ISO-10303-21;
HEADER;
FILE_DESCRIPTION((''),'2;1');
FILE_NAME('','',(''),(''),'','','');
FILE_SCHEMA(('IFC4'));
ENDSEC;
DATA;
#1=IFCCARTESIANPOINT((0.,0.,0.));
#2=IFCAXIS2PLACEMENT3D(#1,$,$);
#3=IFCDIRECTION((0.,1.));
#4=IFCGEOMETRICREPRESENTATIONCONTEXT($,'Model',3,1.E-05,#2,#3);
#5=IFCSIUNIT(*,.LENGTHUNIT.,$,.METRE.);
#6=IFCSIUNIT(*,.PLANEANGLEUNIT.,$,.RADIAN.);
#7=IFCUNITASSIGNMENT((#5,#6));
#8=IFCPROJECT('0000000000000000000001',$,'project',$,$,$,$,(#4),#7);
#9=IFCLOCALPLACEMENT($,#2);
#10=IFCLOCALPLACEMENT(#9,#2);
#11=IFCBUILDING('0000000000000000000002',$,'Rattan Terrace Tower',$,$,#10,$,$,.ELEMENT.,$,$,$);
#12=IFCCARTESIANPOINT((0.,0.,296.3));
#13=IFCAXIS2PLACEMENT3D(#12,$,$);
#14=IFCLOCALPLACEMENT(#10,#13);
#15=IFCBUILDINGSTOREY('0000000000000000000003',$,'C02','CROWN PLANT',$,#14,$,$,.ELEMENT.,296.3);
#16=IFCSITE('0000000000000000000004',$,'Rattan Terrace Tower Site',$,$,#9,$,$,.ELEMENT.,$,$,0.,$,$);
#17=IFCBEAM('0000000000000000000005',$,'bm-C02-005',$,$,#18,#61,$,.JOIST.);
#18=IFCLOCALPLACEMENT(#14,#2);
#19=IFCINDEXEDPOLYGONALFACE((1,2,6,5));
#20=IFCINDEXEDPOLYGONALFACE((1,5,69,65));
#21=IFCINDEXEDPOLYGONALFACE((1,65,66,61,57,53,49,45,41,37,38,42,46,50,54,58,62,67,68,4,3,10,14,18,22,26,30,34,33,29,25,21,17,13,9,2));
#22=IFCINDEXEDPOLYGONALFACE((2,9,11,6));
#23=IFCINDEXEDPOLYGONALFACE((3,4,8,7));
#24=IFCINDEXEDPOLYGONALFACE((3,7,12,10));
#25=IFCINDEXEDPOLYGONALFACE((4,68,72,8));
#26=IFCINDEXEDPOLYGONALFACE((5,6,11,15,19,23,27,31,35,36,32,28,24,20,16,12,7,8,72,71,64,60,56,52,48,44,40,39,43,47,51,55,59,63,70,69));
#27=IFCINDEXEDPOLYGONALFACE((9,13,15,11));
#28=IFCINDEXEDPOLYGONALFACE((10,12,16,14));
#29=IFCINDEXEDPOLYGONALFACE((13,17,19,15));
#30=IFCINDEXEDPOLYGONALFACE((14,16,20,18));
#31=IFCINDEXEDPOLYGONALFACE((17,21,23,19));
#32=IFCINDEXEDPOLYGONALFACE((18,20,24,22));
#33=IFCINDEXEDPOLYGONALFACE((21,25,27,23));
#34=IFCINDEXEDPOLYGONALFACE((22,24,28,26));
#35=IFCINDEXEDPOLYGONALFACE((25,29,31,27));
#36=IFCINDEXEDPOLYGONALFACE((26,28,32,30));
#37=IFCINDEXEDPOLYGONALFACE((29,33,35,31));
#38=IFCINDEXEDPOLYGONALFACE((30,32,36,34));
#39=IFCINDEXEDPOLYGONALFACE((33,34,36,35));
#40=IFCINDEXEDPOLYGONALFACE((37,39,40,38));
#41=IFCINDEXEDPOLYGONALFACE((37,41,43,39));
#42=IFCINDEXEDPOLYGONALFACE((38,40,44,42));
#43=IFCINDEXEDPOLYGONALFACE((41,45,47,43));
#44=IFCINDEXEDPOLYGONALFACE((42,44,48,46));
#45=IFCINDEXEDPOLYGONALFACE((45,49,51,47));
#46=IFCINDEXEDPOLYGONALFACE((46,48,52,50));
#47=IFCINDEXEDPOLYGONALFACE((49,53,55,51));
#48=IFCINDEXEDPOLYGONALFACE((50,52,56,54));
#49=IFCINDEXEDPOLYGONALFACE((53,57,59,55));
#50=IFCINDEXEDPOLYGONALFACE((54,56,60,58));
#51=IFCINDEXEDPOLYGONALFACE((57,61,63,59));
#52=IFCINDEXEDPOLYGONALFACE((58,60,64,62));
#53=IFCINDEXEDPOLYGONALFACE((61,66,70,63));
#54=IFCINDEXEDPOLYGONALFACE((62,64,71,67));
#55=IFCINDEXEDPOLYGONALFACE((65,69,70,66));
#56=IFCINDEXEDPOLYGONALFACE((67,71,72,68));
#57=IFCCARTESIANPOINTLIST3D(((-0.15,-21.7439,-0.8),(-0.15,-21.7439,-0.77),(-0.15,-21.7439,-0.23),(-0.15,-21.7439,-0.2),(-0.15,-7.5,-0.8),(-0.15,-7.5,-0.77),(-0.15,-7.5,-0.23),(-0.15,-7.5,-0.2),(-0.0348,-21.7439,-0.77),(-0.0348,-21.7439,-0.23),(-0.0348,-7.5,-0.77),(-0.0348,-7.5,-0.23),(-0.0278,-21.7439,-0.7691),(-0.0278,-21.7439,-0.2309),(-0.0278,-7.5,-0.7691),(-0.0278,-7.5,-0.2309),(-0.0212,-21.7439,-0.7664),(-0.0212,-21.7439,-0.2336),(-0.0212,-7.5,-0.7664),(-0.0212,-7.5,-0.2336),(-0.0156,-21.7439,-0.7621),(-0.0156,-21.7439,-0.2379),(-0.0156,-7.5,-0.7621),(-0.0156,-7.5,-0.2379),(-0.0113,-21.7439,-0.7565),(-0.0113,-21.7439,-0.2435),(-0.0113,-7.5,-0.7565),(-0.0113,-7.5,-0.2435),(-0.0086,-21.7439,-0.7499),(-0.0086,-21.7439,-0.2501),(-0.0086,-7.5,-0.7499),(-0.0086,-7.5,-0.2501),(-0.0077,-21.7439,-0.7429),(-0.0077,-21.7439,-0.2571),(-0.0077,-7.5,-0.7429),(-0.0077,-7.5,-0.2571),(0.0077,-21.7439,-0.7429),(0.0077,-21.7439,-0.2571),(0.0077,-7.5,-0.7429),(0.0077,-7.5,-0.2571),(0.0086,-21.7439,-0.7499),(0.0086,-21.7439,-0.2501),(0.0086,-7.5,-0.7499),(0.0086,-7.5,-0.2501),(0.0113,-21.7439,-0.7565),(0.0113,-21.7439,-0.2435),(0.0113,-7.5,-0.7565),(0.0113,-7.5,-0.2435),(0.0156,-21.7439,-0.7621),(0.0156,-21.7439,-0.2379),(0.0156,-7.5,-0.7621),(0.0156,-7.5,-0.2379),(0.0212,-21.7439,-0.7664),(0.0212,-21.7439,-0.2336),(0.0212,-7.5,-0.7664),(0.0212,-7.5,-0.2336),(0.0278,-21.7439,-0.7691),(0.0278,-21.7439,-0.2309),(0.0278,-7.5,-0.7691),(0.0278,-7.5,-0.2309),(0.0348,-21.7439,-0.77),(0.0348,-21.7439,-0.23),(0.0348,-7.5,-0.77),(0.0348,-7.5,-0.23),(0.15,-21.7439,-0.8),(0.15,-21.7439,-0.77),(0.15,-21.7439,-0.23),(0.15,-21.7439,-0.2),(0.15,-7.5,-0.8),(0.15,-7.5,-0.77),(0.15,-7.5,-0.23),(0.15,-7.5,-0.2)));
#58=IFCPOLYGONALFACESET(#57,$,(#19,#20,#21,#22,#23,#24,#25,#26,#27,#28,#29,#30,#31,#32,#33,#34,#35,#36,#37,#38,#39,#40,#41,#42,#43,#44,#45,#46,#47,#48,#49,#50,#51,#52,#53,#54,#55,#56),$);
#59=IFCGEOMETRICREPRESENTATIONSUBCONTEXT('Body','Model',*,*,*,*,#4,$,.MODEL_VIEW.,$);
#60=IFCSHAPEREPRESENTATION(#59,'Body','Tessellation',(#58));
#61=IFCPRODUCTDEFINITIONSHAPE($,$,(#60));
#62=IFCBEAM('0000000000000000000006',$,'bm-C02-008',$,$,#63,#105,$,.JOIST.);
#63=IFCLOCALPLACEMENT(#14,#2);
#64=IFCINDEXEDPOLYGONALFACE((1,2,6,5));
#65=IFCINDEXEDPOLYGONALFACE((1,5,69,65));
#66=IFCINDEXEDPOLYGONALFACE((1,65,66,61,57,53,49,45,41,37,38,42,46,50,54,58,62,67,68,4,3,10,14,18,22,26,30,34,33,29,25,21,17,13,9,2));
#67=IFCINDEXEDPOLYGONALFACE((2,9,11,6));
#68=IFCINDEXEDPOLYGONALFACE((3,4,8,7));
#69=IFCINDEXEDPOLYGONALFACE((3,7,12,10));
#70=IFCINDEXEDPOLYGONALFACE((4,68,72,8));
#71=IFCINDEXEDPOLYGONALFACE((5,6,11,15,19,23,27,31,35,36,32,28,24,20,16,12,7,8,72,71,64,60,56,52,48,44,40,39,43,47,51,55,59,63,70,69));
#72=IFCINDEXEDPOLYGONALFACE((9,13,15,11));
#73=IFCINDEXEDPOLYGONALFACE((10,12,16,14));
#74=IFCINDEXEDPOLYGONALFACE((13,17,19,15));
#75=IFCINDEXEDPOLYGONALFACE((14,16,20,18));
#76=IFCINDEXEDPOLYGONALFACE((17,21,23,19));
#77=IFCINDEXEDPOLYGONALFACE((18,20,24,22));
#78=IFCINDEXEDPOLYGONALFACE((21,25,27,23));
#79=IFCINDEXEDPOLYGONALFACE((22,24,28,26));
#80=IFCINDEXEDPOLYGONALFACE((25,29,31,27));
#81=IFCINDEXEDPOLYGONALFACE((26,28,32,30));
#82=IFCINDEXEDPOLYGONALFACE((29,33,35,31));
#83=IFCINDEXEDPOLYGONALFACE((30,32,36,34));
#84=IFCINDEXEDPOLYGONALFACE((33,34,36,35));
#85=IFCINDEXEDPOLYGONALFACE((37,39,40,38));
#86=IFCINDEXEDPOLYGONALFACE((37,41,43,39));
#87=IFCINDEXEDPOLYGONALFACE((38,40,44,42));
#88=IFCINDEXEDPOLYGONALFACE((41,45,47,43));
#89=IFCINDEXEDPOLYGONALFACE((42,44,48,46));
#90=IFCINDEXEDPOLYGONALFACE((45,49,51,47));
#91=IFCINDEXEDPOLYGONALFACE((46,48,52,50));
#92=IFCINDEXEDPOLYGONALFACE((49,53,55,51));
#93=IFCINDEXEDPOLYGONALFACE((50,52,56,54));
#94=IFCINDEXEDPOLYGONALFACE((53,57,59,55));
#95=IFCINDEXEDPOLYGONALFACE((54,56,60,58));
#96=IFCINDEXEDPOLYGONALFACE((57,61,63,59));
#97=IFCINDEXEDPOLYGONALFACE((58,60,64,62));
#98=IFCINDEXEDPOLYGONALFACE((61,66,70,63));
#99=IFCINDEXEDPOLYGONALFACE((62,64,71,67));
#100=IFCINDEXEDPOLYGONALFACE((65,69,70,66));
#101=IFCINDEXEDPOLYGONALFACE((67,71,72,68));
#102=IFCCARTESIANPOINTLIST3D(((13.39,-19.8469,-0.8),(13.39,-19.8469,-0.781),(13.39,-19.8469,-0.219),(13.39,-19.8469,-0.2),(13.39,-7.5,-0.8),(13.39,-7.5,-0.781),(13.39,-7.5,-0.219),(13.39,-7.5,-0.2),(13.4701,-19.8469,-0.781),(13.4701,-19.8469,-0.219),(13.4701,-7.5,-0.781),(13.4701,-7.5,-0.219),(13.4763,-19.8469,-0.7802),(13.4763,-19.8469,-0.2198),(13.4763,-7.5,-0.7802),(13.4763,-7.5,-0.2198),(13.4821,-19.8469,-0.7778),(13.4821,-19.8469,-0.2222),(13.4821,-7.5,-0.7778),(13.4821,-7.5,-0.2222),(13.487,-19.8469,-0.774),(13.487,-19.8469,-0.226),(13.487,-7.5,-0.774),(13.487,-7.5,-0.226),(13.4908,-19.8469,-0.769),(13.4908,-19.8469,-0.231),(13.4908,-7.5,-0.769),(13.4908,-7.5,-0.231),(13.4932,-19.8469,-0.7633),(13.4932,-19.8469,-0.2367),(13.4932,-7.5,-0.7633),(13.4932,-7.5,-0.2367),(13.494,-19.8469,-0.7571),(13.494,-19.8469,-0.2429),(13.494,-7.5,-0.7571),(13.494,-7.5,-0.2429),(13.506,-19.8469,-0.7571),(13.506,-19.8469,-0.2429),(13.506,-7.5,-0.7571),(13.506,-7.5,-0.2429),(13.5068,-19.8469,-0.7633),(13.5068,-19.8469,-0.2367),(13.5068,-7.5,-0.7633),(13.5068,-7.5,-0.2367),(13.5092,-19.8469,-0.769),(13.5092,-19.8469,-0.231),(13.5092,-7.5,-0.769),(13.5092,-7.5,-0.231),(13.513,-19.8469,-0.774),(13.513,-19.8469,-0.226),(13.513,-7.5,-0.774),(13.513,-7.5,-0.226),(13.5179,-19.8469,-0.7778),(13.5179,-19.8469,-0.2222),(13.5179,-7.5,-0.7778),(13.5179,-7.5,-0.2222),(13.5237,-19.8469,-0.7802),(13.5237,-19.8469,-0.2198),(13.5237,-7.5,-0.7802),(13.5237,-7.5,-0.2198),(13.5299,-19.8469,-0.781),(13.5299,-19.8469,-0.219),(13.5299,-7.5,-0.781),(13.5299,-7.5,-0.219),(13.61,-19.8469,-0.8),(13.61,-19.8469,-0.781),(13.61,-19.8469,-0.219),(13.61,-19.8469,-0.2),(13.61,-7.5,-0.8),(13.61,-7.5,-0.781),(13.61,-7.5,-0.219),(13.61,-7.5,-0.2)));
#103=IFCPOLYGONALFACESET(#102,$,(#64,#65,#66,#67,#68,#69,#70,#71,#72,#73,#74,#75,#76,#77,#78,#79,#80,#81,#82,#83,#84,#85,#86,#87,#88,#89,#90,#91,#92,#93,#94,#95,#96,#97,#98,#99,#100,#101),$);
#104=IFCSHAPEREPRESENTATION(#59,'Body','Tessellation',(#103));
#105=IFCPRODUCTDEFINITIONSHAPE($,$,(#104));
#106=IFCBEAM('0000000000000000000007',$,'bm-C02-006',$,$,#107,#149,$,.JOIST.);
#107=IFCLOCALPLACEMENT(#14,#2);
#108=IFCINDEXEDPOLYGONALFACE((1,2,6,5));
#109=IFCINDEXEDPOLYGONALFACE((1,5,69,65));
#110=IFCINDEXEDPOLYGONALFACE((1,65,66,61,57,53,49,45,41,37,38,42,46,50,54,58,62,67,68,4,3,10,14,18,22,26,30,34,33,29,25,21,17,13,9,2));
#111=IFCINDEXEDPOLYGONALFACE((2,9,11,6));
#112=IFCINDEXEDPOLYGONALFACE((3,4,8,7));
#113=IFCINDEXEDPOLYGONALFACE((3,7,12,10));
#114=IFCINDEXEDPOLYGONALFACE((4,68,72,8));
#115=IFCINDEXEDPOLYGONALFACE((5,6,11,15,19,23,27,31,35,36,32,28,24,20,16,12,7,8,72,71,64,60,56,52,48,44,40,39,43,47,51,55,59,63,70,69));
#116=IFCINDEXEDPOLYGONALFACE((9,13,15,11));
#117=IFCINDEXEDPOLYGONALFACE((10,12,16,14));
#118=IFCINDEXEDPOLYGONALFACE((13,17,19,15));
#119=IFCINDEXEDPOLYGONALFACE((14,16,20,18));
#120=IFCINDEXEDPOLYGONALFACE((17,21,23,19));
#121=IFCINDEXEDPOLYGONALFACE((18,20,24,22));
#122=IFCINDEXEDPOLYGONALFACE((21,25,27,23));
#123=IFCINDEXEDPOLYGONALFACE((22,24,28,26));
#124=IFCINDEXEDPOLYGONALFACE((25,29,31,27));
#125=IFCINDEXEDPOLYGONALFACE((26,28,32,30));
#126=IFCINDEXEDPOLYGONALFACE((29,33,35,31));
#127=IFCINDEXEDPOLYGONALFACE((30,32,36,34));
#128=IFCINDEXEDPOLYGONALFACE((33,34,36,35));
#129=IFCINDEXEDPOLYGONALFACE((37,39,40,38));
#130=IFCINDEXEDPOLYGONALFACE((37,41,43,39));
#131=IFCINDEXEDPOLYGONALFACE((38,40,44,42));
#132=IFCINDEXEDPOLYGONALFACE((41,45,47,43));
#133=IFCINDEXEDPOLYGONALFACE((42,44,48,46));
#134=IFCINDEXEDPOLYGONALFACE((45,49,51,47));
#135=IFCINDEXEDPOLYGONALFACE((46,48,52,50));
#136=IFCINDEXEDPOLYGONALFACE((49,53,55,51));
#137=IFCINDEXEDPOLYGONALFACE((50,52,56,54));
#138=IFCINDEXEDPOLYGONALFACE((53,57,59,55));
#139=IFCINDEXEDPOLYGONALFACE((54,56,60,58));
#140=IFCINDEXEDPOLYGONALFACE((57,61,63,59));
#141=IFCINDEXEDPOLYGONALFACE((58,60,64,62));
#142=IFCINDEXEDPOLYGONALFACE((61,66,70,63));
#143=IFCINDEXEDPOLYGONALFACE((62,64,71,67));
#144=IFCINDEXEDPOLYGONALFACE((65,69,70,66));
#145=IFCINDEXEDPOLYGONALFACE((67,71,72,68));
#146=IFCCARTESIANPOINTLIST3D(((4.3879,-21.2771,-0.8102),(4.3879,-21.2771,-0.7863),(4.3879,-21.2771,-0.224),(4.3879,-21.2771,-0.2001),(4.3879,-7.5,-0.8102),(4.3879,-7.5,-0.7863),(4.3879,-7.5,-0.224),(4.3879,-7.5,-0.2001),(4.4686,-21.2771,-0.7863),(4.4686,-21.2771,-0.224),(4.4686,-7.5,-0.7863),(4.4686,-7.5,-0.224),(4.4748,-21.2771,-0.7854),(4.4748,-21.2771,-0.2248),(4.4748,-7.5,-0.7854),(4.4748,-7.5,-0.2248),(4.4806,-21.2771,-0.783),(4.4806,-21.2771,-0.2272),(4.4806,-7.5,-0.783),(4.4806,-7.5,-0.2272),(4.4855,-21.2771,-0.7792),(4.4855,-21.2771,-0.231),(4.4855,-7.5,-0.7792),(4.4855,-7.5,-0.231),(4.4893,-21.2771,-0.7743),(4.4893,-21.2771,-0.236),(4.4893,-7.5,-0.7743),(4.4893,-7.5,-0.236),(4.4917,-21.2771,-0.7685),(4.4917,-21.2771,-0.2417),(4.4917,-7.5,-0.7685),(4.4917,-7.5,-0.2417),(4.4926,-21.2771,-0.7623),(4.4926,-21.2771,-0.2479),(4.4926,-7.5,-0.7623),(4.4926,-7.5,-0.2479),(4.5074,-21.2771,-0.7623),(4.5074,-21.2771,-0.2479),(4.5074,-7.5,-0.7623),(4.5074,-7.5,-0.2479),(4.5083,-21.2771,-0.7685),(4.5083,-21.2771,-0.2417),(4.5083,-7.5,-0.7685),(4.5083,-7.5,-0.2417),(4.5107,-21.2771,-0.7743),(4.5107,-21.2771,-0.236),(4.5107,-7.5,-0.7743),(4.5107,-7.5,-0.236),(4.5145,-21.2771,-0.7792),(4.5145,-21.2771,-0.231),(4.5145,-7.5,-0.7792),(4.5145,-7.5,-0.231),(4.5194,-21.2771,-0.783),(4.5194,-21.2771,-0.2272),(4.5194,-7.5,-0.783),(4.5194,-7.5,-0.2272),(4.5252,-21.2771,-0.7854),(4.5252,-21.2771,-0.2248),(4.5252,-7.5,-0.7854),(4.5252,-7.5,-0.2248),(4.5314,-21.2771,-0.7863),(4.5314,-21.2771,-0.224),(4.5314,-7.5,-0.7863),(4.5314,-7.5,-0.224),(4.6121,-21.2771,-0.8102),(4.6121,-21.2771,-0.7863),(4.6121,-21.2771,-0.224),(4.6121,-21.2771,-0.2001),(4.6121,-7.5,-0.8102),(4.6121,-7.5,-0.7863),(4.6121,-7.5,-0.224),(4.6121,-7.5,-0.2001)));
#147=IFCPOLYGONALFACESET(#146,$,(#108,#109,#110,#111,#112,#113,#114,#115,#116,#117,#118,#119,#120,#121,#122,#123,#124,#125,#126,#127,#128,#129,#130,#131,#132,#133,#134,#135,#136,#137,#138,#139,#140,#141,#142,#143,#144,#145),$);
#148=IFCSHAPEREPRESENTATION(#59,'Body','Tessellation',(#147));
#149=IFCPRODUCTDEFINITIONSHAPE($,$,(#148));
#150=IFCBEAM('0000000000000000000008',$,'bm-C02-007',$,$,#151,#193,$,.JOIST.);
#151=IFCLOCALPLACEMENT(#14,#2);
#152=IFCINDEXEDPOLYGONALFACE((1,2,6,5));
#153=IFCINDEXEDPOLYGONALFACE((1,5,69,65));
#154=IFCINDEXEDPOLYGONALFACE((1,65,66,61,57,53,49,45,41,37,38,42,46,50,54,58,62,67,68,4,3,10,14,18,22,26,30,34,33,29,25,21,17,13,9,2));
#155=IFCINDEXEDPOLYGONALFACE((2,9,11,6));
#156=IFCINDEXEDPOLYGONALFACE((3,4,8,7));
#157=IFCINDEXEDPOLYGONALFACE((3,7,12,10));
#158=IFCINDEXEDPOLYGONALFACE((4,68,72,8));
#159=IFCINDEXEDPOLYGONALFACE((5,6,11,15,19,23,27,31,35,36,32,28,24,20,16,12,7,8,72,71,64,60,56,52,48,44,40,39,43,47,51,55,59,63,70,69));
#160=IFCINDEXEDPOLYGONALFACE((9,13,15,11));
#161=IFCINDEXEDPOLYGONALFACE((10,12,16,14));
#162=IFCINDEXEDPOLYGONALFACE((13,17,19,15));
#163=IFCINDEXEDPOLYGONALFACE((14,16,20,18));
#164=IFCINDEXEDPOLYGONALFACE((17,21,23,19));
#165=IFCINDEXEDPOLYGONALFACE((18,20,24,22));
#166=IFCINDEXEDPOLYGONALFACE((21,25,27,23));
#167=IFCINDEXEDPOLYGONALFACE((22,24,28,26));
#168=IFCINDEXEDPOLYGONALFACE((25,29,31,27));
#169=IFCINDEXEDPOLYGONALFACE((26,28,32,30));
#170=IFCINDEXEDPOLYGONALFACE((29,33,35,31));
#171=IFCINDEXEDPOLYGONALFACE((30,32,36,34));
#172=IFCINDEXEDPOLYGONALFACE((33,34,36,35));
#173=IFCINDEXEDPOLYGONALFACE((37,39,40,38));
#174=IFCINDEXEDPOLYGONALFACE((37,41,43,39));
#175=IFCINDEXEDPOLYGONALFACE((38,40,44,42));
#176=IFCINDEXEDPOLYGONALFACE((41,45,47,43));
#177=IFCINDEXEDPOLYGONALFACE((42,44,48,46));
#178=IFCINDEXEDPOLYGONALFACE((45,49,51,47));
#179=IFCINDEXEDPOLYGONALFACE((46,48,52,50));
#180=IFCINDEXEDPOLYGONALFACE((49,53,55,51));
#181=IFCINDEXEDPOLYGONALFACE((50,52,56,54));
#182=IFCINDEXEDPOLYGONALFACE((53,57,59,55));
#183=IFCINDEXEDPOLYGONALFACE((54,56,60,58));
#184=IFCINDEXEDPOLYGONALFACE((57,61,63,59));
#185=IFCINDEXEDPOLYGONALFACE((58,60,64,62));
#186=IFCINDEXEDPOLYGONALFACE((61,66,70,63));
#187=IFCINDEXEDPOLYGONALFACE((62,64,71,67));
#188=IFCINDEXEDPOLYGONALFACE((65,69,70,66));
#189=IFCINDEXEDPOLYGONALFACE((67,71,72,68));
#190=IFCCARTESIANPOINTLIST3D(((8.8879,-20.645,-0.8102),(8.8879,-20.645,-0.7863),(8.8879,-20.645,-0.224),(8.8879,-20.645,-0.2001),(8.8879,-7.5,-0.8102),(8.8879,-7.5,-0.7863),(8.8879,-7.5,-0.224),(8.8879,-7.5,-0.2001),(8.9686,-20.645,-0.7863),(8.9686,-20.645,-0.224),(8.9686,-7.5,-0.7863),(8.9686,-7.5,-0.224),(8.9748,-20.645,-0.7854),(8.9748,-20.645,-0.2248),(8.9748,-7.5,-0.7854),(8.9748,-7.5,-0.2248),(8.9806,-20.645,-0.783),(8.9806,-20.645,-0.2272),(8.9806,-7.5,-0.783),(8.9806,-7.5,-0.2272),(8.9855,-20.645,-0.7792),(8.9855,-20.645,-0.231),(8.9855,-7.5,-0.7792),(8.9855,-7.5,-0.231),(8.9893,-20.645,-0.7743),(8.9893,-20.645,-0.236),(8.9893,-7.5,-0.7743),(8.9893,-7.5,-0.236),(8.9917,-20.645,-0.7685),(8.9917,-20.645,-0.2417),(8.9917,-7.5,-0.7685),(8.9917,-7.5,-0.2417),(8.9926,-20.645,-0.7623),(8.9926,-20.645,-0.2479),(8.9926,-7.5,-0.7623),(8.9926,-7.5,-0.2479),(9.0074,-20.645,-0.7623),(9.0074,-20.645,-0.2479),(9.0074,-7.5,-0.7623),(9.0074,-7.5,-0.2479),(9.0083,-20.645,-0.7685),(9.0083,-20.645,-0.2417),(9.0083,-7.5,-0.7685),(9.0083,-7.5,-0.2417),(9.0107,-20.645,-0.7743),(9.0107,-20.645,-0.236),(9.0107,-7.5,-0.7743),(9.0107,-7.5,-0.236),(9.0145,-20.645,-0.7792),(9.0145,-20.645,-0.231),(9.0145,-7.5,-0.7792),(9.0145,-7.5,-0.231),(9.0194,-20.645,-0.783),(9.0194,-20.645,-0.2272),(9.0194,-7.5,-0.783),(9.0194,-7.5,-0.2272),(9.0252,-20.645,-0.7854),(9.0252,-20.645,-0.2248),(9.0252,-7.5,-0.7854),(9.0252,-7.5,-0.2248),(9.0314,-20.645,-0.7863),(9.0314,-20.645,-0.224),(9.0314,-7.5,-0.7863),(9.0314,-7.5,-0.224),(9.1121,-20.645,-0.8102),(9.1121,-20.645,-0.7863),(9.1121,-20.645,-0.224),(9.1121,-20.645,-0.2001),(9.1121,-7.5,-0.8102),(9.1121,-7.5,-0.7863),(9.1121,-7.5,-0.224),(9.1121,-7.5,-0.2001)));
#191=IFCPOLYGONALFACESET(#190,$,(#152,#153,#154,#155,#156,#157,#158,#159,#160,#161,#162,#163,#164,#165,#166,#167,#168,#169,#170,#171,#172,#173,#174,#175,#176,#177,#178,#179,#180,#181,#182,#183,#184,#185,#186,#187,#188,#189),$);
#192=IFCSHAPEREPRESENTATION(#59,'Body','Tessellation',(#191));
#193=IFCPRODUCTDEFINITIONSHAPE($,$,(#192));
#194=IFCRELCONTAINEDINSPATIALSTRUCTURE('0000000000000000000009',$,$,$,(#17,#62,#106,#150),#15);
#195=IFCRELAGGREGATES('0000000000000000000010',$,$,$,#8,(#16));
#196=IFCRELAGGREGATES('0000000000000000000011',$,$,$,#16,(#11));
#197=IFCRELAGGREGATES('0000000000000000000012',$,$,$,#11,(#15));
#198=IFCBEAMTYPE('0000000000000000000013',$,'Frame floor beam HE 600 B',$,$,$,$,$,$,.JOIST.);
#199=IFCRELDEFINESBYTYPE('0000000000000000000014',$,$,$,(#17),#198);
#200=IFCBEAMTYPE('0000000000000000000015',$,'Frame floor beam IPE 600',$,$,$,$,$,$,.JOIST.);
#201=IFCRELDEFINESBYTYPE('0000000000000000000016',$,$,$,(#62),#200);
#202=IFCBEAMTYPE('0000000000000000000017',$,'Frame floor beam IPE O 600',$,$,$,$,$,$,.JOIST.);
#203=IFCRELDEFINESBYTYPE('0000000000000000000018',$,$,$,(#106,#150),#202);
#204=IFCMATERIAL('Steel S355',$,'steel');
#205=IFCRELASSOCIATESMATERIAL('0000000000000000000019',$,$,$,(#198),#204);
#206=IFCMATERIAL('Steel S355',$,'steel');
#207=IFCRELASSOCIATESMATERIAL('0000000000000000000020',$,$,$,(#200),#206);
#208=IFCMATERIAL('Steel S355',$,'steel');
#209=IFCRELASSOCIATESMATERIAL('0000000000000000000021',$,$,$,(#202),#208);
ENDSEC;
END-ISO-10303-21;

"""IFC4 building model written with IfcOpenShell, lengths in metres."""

from ifc_helpers import new_model, si_unit, direction, frame, origin, origin_2d, place, context, subcontext, project, spatial, i_section, extrude, material, material_profile, profile_set, type_object, element, save


model = new_model("IFC4")

# Units and contexts
model_context = context("Model", 3, precision=1e-05, world=origin(), true_north=direction((0.0, 1.0)))
body_context = subcontext(model_context, "Body", "Model", "MODEL_VIEW")
ifc_project = project(units=[si_unit("LENGTHUNIT", "METRE"), si_unit("PLANEANGLEUNIT", "RADIAN")], contexts=[model_context])

# Site, building, storey
site_placement = place(None, origin())
site = spatial("IfcSite", under=ifc_project, at=site_placement, Name="Rattan Terrace Tower Site", CompositionType="ELEMENT", RefElevation=0.0)
building_placement = place(site_placement, origin())
building = spatial("IfcBuilding", under=site, at=building_placement, Name="Rattan Terrace Tower", CompositionType="ELEMENT")
storey_placement = place(building_placement, frame((0.0, 0.0, 296.3)))
storey = spatial("IfcBuildingStorey", under=building, at=storey_placement, Name="C02", Description="CROWN PLANT", CompositionType="ELEMENT", Elevation=296.3)

# Beams
ifc_material_1 = material(Name="Steel S355", Category="steel")
ifc_material_profile_1 = material_profile(ifc_material_1, i_section(OverallWidth=0.3, OverallDepth=0.6001, WebThickness=0.0154, FlangeThickness=0.03, FilletRadius=0.0271, at=origin_2d()), Name="HE 600 B")
ifc_profile_set_1 = profile_set([ifc_material_profile_1], Name="Steel S355")
beam_type_1 = type_object("IfcBeamType", Name="Frame floor beam HE 600 B", PredefinedType="JOIST", material=ifc_profile_set_1)
beam_1_placement = place(storey_placement, frame((0.0, -21.7439, -0.5), z_axis=(0.0, 1.0, 0.0), x_axis=(-1.0, 0.0, 0.0)))
element("IfcBeam", 1, at=beam_1_placement, inside=storey, type_object=beam_type_1, Name="bm-C02-005", PredefinedType="JOIST", context=body_context, shape_type="SweptSolid", body=[
    extrude(i_section(OverallWidth=0.3, OverallDepth=0.6001, WebThickness=0.0154, FlangeThickness=0.03, FilletRadius=0.0271, at=origin_2d()), origin(), (0.0, 0.0, 1.0), 14.2439),
])
ifc_material_2 = material(Name="Steel S355", Category="steel")
ifc_material_profile_2 = material_profile(ifc_material_2, i_section(OverallWidth=0.22, OverallDepth=0.6001, WebThickness=0.012, FlangeThickness=0.019, FilletRadius=0.0239, at=origin_2d()), Name="IPE 600")
ifc_profile_set_2 = profile_set([ifc_material_profile_2], Name="Steel S355")
beam_type_2 = type_object("IfcBeamType", Name="Frame floor beam IPE 600", PredefinedType="JOIST", material=ifc_profile_set_2)
beam_2_placement = place(storey_placement, frame((13.5, -19.8469, -0.5), z_axis=(0.0, 1.0, 0.0), x_axis=(-1.0, 0.0, 0.0)))
element("IfcBeam", 2, at=beam_2_placement, inside=storey, type_object=beam_type_2, Name="bm-C02-008", PredefinedType="JOIST", context=body_context, shape_type="SweptSolid", body=[
    extrude(i_section(OverallWidth=0.22, OverallDepth=0.6001, WebThickness=0.012, FlangeThickness=0.019, FilletRadius=0.0239, at=origin_2d()), origin(), (0.0, 0.0, 1.0), 12.3469),
])
ifc_material_3 = material(Name="Steel S355", Category="steel")
ifc_material_profile_3 = material_profile(ifc_material_3, i_section(OverallWidth=0.2241, OverallDepth=0.6101, WebThickness=0.0149, FlangeThickness=0.0239, FilletRadius=0.0239, at=origin_2d()), Name="IPE O 600")
ifc_profile_set_3 = profile_set([ifc_material_profile_3], Name="Steel S355")
beam_type_3 = type_object("IfcBeamType", Name="Frame floor beam IPE O 600", PredefinedType="JOIST", material=ifc_profile_set_3)
beam_3_placement = place(storey_placement, frame((4.5, -21.2771, -0.5051), z_axis=(0.0, 1.0, 0.0), x_axis=(-1.0, 0.0, 0.0)))
element("IfcBeam", 3, at=beam_3_placement, inside=storey, type_object=beam_type_3, Name="bm-C02-006", PredefinedType="JOIST", context=body_context, shape_type="SweptSolid", body=[
    extrude(i_section(OverallWidth=0.2241, OverallDepth=0.6101, WebThickness=0.0149, FlangeThickness=0.0239, FilletRadius=0.0239, at=origin_2d()), origin(), (0.0, 0.0, 1.0), 13.7771),
])
beam_4_placement = place(storey_placement, frame((9.0, -20.645, -0.5051), z_axis=(0.0, 1.0, 0.0), x_axis=(-1.0, 0.0, 0.0)))
element("IfcBeam", 4, at=beam_4_placement, inside=storey, type_object=beam_type_3, Name="bm-C02-007", PredefinedType="JOIST", context=body_context, shape_type="SweptSolid", body=[
    extrude(i_section(OverallWidth=0.2241, OverallDepth=0.6101, WebThickness=0.0149, FlangeThickness=0.0239, FilletRadius=0.0239, at=origin_2d()), origin(), (0.0, 0.0, 1.0), 13.145),
])

save(model, "model.ifc")
